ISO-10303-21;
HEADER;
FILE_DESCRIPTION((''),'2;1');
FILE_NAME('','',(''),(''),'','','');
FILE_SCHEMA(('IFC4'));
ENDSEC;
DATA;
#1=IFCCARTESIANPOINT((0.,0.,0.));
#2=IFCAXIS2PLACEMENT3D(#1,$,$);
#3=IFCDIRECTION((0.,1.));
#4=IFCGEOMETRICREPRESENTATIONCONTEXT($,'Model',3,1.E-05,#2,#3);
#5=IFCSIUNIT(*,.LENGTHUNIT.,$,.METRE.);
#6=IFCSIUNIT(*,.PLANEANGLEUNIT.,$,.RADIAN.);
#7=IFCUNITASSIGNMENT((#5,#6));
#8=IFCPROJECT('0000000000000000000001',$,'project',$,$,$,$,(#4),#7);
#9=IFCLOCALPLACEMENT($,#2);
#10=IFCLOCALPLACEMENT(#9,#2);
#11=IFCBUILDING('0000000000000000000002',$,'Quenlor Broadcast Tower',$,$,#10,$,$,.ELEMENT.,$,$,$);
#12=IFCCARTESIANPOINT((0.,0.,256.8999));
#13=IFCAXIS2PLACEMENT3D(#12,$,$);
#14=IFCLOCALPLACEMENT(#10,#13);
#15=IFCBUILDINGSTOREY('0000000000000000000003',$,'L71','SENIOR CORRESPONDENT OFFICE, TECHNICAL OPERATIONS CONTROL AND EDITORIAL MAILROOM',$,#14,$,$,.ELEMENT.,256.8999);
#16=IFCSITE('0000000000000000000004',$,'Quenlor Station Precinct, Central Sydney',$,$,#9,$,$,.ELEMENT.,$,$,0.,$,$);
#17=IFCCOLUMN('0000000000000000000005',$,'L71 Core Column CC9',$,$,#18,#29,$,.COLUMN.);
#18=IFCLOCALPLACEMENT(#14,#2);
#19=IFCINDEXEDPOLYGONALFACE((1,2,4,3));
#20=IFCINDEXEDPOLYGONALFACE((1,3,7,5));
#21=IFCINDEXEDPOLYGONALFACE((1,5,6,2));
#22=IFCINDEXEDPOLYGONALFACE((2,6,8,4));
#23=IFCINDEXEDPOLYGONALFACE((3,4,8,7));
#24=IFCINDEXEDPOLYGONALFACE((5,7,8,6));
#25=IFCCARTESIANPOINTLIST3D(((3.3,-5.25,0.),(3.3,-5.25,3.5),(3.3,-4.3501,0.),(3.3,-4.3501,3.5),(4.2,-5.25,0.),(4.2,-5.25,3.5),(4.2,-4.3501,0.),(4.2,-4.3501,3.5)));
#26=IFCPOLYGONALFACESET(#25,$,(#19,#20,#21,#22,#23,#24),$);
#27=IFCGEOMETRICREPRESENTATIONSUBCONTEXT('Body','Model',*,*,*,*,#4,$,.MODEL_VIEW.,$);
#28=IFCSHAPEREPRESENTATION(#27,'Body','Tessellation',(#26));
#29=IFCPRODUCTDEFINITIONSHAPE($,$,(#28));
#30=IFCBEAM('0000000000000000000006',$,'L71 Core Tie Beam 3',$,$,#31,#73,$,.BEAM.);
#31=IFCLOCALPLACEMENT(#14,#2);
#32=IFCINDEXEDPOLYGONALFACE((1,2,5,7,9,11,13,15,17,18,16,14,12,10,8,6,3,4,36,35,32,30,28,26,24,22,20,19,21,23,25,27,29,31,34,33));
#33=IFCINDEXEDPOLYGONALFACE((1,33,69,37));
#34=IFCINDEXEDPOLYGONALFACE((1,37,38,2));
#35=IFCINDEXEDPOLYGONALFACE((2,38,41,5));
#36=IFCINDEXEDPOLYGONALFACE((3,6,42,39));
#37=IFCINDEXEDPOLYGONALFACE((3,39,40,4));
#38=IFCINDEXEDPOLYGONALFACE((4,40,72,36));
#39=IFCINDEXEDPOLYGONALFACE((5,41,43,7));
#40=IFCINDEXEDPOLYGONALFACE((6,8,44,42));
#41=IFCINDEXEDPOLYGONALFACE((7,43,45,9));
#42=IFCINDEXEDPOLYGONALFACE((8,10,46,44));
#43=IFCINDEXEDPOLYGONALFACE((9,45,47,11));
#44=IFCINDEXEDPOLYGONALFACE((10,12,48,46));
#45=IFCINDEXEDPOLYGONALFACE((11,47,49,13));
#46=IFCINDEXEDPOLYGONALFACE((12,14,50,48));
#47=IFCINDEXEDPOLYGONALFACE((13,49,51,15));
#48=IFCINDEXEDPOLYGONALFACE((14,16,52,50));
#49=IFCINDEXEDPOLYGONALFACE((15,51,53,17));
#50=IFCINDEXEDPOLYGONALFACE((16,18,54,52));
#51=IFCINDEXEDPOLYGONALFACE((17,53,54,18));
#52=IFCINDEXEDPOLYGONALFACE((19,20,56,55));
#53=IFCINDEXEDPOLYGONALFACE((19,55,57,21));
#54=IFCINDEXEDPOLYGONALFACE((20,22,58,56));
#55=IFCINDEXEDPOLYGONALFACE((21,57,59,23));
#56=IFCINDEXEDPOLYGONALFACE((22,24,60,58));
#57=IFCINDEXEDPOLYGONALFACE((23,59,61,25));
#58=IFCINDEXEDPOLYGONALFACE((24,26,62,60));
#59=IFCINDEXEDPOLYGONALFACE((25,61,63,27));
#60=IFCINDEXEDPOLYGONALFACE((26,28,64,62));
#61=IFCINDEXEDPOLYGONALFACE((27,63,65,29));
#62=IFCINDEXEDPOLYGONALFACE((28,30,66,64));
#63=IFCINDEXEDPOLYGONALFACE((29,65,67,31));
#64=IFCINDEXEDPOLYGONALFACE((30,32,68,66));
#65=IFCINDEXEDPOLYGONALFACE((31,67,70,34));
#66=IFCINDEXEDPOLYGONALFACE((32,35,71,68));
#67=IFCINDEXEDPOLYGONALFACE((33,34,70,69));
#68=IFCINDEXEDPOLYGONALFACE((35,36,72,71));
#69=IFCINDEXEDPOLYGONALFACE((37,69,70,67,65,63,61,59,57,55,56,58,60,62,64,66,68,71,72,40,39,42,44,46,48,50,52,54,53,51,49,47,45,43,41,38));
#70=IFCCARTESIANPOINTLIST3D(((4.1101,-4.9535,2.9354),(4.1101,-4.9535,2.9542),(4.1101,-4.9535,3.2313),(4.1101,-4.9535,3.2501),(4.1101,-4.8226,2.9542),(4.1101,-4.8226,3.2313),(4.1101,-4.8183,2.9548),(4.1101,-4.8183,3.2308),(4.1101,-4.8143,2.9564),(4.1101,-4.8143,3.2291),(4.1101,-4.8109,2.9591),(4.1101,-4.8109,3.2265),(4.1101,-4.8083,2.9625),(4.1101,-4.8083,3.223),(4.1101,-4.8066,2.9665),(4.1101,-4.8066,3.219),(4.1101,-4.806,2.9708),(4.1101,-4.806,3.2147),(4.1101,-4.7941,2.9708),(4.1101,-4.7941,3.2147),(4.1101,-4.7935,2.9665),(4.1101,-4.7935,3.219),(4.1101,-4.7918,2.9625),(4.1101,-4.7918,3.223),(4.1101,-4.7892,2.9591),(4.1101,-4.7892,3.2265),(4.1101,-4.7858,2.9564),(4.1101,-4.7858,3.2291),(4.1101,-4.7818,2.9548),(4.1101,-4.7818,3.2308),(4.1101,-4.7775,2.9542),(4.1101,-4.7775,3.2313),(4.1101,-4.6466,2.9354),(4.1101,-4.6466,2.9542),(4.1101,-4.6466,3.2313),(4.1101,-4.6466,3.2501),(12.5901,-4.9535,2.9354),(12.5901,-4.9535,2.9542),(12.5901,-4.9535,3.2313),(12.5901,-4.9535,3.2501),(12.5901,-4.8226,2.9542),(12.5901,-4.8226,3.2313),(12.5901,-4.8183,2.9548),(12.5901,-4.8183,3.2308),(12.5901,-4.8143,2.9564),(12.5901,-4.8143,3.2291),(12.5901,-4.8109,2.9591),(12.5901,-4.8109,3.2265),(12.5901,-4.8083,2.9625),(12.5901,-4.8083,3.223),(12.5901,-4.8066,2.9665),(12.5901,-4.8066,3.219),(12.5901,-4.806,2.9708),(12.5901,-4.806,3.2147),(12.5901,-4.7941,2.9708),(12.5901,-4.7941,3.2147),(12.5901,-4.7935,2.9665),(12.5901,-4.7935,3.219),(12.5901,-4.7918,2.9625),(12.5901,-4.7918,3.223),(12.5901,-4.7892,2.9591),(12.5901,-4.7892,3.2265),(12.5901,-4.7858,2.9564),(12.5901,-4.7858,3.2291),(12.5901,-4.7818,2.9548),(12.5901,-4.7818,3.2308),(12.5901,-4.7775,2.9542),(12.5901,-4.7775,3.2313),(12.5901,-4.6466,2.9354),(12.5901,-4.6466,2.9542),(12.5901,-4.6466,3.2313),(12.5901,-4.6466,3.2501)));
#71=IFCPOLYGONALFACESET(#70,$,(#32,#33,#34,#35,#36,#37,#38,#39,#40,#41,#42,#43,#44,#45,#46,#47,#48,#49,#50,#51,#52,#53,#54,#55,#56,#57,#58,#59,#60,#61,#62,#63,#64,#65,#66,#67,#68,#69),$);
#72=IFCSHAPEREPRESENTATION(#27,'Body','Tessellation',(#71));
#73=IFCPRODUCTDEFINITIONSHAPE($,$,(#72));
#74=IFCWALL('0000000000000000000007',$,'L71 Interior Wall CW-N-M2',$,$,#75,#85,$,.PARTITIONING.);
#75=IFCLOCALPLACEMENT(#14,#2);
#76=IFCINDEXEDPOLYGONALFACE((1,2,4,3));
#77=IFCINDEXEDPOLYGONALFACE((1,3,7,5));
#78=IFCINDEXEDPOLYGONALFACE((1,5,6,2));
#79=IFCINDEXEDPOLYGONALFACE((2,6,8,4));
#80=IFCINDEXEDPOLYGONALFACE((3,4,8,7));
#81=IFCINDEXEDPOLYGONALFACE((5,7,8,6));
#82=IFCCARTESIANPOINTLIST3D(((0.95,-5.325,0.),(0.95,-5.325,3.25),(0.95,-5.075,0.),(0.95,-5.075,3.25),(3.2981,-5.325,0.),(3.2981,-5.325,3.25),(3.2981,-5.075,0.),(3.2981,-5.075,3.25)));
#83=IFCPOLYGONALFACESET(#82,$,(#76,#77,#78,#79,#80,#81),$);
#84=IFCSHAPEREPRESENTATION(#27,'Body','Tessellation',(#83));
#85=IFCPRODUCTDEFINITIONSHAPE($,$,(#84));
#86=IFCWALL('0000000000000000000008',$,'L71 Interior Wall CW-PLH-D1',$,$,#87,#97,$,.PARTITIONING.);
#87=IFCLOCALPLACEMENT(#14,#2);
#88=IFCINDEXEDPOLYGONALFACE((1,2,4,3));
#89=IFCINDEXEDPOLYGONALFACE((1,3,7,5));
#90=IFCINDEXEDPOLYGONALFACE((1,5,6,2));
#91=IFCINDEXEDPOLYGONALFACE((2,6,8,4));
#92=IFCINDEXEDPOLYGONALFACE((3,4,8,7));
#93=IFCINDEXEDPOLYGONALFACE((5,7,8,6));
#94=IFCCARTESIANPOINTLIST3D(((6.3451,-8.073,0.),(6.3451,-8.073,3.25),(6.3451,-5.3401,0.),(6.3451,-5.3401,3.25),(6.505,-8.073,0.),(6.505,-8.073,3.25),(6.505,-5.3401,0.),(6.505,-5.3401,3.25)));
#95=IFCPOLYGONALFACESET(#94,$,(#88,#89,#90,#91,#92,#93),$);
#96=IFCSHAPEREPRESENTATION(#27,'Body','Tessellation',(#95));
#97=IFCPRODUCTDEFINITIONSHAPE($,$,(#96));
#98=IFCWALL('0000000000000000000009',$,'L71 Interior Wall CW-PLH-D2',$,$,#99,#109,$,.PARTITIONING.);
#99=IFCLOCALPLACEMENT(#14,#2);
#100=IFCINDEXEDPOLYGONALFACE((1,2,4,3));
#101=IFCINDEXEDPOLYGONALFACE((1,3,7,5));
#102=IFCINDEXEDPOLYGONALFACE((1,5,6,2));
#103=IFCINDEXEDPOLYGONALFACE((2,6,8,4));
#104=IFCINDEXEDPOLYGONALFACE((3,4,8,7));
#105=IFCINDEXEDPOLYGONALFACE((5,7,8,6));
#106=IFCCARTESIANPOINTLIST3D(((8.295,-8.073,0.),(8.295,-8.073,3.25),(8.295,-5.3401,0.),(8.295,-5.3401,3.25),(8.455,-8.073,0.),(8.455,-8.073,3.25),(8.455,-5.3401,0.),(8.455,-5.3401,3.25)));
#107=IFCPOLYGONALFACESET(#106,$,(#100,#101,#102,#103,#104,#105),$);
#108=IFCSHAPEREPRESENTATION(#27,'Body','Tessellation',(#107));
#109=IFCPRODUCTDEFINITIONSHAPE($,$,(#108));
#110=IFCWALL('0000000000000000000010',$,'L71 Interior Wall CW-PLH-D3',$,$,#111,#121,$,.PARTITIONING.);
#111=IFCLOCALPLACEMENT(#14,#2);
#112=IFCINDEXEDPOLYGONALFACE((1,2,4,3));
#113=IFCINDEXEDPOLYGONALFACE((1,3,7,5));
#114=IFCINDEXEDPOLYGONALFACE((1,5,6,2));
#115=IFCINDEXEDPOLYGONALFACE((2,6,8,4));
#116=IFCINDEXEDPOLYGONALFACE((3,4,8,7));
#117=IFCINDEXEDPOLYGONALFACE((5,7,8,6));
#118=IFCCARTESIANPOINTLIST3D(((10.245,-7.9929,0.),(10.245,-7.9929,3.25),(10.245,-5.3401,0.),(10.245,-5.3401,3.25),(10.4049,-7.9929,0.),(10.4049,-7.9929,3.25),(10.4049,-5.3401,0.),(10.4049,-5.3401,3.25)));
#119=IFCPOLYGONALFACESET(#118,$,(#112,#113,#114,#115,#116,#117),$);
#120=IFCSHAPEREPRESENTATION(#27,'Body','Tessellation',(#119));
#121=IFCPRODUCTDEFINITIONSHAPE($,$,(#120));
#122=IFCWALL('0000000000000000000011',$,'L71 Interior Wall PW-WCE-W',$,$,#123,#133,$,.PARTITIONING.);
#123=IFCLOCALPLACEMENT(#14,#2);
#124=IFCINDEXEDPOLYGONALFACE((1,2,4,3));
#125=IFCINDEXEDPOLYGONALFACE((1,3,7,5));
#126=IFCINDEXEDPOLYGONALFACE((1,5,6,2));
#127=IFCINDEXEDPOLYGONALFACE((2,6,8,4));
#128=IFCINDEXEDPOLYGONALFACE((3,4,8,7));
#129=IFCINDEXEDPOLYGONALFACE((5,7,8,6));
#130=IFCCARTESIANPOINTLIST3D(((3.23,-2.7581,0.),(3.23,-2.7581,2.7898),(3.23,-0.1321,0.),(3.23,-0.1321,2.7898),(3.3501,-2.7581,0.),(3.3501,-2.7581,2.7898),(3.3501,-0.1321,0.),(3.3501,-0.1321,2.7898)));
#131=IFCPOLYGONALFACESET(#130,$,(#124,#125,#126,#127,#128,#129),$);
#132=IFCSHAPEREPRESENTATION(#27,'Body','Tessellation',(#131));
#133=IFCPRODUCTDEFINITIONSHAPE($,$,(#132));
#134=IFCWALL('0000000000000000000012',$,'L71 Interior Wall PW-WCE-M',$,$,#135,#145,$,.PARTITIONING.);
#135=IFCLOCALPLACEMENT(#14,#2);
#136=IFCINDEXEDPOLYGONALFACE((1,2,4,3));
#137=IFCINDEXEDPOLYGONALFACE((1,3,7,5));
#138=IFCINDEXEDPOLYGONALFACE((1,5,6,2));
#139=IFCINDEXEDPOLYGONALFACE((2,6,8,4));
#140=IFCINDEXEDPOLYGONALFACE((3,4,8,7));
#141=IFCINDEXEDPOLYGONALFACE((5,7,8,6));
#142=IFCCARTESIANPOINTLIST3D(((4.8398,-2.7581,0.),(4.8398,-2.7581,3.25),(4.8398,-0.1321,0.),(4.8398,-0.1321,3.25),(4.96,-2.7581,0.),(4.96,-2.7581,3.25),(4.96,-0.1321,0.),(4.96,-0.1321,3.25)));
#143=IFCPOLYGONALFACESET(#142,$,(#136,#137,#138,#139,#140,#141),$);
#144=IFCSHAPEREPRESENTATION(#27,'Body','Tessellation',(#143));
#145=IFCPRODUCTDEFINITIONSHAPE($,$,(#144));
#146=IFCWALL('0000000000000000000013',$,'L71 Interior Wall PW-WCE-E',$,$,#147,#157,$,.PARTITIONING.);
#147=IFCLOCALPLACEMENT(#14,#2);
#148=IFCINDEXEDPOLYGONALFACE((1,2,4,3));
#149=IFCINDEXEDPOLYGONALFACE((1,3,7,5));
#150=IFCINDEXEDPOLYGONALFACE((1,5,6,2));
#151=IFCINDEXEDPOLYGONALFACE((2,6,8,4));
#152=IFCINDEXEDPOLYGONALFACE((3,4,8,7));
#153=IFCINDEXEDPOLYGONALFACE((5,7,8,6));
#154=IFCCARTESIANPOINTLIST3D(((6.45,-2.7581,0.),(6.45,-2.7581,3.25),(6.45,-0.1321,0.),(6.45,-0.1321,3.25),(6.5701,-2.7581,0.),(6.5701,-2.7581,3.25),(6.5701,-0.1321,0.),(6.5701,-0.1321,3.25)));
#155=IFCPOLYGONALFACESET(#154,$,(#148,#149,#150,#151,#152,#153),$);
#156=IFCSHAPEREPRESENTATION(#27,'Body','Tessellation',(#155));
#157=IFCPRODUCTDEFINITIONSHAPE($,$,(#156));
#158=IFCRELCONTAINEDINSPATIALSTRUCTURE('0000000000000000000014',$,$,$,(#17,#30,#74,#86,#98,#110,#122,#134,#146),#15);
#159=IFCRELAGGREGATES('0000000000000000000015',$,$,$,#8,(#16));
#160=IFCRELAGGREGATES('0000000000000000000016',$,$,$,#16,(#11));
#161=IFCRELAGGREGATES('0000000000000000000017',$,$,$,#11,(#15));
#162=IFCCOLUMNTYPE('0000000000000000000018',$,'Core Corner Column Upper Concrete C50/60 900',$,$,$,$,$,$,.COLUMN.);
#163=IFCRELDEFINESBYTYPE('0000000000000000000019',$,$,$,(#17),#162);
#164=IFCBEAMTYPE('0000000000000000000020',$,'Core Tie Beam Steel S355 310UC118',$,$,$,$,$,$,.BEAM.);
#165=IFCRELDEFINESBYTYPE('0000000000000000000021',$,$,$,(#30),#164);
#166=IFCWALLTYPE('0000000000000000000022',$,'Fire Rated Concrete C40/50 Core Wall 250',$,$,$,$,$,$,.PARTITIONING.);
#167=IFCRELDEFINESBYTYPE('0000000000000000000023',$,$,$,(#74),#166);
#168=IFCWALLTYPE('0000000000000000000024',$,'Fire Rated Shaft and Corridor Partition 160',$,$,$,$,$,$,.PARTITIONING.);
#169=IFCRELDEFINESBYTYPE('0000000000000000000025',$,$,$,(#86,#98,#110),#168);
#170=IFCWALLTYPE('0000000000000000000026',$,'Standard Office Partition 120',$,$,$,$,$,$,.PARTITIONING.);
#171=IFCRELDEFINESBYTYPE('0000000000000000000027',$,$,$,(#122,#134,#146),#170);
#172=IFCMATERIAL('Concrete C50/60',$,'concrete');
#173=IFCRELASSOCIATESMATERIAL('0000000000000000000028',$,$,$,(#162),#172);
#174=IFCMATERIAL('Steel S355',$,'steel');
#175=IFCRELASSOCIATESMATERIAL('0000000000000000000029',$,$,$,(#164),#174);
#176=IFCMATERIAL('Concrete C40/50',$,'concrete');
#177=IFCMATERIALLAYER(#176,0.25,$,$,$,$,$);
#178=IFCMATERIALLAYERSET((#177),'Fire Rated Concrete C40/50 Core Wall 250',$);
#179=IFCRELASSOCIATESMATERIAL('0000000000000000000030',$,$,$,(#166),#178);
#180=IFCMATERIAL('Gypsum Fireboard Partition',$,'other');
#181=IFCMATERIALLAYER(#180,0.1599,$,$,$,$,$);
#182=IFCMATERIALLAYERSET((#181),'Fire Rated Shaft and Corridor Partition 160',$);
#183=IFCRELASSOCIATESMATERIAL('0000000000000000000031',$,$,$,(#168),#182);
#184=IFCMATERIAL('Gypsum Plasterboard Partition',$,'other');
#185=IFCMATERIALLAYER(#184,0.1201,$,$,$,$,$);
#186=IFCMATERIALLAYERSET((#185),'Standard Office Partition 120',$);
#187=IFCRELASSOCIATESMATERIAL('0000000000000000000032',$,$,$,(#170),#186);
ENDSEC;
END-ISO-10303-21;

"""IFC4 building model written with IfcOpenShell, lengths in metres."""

from ifc_helpers import new_model, si_unit, direction, frame, frame_2d, origin, origin_2d, place, context, subcontext, project, spatial, rectangle, i_section, extrude, material, layer, layer_set, material_profile, profile_set, type_object, element, save


model = new_model("IFC4")

# Units and contexts
model_context = context("Model", 3, precision=1e-05, world=origin(), true_north=direction((0.0, 1.0)))
body_context = subcontext(model_context, "Body", "Model", "MODEL_VIEW")
ifc_project = project(units=[si_unit("LENGTHUNIT", "METRE"), si_unit("PLANEANGLEUNIT", "RADIAN")], contexts=[model_context])

# Site, building, storey
site_placement = place(None, origin())
site = spatial("IfcSite", under=ifc_project, at=site_placement, Name="Quenlor Station Precinct, Central Sydney", CompositionType="ELEMENT", RefElevation=0.0)
building_placement = place(site_placement, origin())
building = spatial("IfcBuilding", under=site, at=building_placement, Name="Quenlor Broadcast Tower", CompositionType="ELEMENT")
storey_placement = place(building_placement, frame((0.0, 0.0, 256.8999)))
storey = spatial("IfcBuildingStorey", under=building, at=storey_placement, Name="L71", Description="SENIOR CORRESPONDENT OFFICE, TECHNICAL OPERATIONS CONTROL AND EDITORIAL MAILROOM", CompositionType="ELEMENT", Elevation=256.8999)

# Column
ifc_material_1 = material(Name="Concrete C50/60", Category="concrete")
ifc_material_profile_1 = material_profile(ifc_material_1, rectangle(XDim=0.8999, YDim=0.8999, at=origin_2d()))
ifc_profile_set_1 = profile_set([ifc_material_profile_1], Name="Concrete C50/60 RC900x900")
column_type = type_object("IfcColumnType", Name="Core Corner Column Upper Concrete C50/60 900", PredefinedType="COLUMN", material=ifc_profile_set_1)
column_placement = place(storey_placement, frame((3.75, -4.8, 0.0), z_axis=(0.0, 0.0, 1.0), x_axis=(1.0, 0.0, 0.0)))
element("IfcColumn", 1, at=column_placement, inside=storey, type_object=column_type, Name="L71 Core Column CC9", PredefinedType="COLUMN", context=body_context, shape_type="SweptSolid", body=[
    extrude(rectangle(XDim=0.8999, YDim=0.8999, at=origin_2d()), origin(), (0.0, 0.0, 1.0), 3.5),
])

# Beam
ifc_material_2 = material(Name="Steel S355", Category="steel")
ifc_material_profile_2 = material_profile(ifc_material_2, i_section(OverallWidth=0.3069, OverallDepth=0.3147, WebThickness=0.012, FlangeThickness=0.0188, FilletRadius=0.0166, at=origin_2d()))
ifc_profile_set_2 = profile_set([ifc_material_profile_2], Name="Steel S355 310UC118")
beam_type = type_object("IfcBeamType", Name="Core Tie Beam Steel S355 310UC118", PredefinedType="BEAM", material=ifc_profile_set_2)
beam_placement = place(storey_placement, frame((4.1101, -4.8, 3.0928), z_axis=(1.0, 0.0, 0.0), x_axis=(0.0, 1.0, 0.0)))
element("IfcBeam", 2, at=beam_placement, inside=storey, type_object=beam_type, Name="L71 Core Tie Beam 3", PredefinedType="BEAM", context=body_context, shape_type="SweptSolid", body=[
    extrude(i_section(OverallWidth=0.3069, OverallDepth=0.3147, WebThickness=0.012, FlangeThickness=0.0188, FilletRadius=0.0166, at=origin_2d()), origin(), (0.0, 0.0, 1.0), 8.48),
])

# Shared definitions
ifc_material_3 = material(Name="Concrete C40/50", Category="concrete")
ifc_layer_1 = layer(ifc_material_3, 0.25)
ifc_layer_set_1 = layer_set([ifc_layer_1], Name="Fire Rated Concrete C40/50 Core Wall 250")
wall_type_1 = type_object("IfcWallType", Name="Fire Rated Concrete C40/50 Core Wall 250", PredefinedType="PARTITIONING", material=ifc_layer_set_1)

# Walls
wall_1_placement = place(storey_placement, frame((0.95, -5.2, 0.0), z_axis=(0.0, 0.0, 1.0), x_axis=(1.0, 0.0, 0.0)))
element("IfcWall", 3, at=wall_1_placement, inside=storey, type_object=wall_type_1, Name="L71 Interior Wall CW-N-M2", PredefinedType="PARTITIONING", context=body_context, shape_type="SweptSolid", body=[
    extrude(rectangle(XDim=2.3481, YDim=0.25, at=frame_2d((1.1741, 0.0))), origin(), (0.0, 0.0, 1.0), 3.25),
])
ifc_material_4 = material(Name="Gypsum Fireboard Partition", Category="other")
ifc_layer_2 = layer(ifc_material_4, 0.1599)
ifc_layer_set_2 = layer_set([ifc_layer_2], Name="Fire Rated Shaft and Corridor Partition 160")
wall_type_2 = type_object("IfcWallType", Name="Fire Rated Shaft and Corridor Partition 160", PredefinedType="PARTITIONING", material=ifc_layer_set_2)
for number, where, z_axis, x_axis, name in (
    (4, (6.425, -8.073, 0.0), (0.0, 0.0, 1.0), (0.0, 1.0, 0.0), "L71 Interior Wall CW-PLH-D1"),
    (5, (8.375, -8.073, 0.0), (0.0, 0.0, 1.0), (0.0, 1.0, 0.0), "L71 Interior Wall CW-PLH-D2"),
):
    element("IfcWall", number, at=place(storey_placement, frame(where, z_axis=z_axis, x_axis=x_axis)), inside=storey, type_object=wall_type_2, Name=name, PredefinedType="PARTITIONING", context=body_context, shape_type="SweptSolid", body=[
        extrude(rectangle(XDim=2.7329, YDim=0.1599, at=frame_2d((1.3665, 0.0))), origin(), (0.0, 0.0, 1.0), 3.25),
    ])
wall_2_placement = place(storey_placement, frame((10.325, -7.9929, 0.0), z_axis=(0.0, 0.0, 1.0), x_axis=(0.0, 1.0, 0.0)))
element("IfcWall", 6, at=wall_2_placement, inside=storey, type_object=wall_type_2, Name="L71 Interior Wall CW-PLH-D3", PredefinedType="PARTITIONING", context=body_context, shape_type="SweptSolid", body=[
    extrude(rectangle(XDim=2.6528, YDim=0.1599, at=frame_2d((1.3264, 0.0))), origin(), (0.0, 0.0, 1.0), 3.25),
])

# Shared definitions
ifc_material_5 = material(Name="Gypsum Plasterboard Partition", Category="other")
ifc_layer_3 = layer(ifc_material_5, 0.1201)
ifc_layer_set_3 = layer_set([ifc_layer_3], Name="Standard Office Partition 120")
wall_type_3 = type_object("IfcWallType", Name="Standard Office Partition 120", PredefinedType="PARTITIONING", material=ifc_layer_set_3)

# Walls
wall_3_placement = place(storey_placement, frame((3.29, -2.7581, 0.0), z_axis=(0.0, 0.0, 1.0), x_axis=(0.0, 1.0, 0.0)))
element("IfcWall", 7, at=wall_3_placement, inside=storey, type_object=wall_type_3, Name="L71 Interior Wall PW-WCE-W", PredefinedType="PARTITIONING", context=body_context, shape_type="SweptSolid", body=[
    extrude(rectangle(XDim=2.626, YDim=0.1201, at=frame_2d((1.313, 0.0))), origin(), (0.0, 0.0, 1.0), 2.7898),
])
for number, where, z_axis, x_axis, name in (
    (8, (4.8999, -2.7581, 0.0), (0.0, 0.0, 1.0), (0.0, 1.0, 0.0), "L71 Interior Wall PW-WCE-M"),
    (9, (6.51, -2.7581, 0.0), (0.0, 0.0, 1.0), (0.0, 1.0, 0.0), "L71 Interior Wall PW-WCE-E"),
):
    element("IfcWall", number, at=place(storey_placement, frame(where, z_axis=z_axis, x_axis=x_axis)), inside=storey, type_object=wall_type_3, Name=name, PredefinedType="PARTITIONING", context=body_context, shape_type="SweptSolid", body=[
        extrude(rectangle(XDim=2.626, YDim=0.1201, at=frame_2d((1.313, 0.0))), origin(), (0.0, 0.0, 1.0), 3.25),
    ])

save(model, "model.ifc")
